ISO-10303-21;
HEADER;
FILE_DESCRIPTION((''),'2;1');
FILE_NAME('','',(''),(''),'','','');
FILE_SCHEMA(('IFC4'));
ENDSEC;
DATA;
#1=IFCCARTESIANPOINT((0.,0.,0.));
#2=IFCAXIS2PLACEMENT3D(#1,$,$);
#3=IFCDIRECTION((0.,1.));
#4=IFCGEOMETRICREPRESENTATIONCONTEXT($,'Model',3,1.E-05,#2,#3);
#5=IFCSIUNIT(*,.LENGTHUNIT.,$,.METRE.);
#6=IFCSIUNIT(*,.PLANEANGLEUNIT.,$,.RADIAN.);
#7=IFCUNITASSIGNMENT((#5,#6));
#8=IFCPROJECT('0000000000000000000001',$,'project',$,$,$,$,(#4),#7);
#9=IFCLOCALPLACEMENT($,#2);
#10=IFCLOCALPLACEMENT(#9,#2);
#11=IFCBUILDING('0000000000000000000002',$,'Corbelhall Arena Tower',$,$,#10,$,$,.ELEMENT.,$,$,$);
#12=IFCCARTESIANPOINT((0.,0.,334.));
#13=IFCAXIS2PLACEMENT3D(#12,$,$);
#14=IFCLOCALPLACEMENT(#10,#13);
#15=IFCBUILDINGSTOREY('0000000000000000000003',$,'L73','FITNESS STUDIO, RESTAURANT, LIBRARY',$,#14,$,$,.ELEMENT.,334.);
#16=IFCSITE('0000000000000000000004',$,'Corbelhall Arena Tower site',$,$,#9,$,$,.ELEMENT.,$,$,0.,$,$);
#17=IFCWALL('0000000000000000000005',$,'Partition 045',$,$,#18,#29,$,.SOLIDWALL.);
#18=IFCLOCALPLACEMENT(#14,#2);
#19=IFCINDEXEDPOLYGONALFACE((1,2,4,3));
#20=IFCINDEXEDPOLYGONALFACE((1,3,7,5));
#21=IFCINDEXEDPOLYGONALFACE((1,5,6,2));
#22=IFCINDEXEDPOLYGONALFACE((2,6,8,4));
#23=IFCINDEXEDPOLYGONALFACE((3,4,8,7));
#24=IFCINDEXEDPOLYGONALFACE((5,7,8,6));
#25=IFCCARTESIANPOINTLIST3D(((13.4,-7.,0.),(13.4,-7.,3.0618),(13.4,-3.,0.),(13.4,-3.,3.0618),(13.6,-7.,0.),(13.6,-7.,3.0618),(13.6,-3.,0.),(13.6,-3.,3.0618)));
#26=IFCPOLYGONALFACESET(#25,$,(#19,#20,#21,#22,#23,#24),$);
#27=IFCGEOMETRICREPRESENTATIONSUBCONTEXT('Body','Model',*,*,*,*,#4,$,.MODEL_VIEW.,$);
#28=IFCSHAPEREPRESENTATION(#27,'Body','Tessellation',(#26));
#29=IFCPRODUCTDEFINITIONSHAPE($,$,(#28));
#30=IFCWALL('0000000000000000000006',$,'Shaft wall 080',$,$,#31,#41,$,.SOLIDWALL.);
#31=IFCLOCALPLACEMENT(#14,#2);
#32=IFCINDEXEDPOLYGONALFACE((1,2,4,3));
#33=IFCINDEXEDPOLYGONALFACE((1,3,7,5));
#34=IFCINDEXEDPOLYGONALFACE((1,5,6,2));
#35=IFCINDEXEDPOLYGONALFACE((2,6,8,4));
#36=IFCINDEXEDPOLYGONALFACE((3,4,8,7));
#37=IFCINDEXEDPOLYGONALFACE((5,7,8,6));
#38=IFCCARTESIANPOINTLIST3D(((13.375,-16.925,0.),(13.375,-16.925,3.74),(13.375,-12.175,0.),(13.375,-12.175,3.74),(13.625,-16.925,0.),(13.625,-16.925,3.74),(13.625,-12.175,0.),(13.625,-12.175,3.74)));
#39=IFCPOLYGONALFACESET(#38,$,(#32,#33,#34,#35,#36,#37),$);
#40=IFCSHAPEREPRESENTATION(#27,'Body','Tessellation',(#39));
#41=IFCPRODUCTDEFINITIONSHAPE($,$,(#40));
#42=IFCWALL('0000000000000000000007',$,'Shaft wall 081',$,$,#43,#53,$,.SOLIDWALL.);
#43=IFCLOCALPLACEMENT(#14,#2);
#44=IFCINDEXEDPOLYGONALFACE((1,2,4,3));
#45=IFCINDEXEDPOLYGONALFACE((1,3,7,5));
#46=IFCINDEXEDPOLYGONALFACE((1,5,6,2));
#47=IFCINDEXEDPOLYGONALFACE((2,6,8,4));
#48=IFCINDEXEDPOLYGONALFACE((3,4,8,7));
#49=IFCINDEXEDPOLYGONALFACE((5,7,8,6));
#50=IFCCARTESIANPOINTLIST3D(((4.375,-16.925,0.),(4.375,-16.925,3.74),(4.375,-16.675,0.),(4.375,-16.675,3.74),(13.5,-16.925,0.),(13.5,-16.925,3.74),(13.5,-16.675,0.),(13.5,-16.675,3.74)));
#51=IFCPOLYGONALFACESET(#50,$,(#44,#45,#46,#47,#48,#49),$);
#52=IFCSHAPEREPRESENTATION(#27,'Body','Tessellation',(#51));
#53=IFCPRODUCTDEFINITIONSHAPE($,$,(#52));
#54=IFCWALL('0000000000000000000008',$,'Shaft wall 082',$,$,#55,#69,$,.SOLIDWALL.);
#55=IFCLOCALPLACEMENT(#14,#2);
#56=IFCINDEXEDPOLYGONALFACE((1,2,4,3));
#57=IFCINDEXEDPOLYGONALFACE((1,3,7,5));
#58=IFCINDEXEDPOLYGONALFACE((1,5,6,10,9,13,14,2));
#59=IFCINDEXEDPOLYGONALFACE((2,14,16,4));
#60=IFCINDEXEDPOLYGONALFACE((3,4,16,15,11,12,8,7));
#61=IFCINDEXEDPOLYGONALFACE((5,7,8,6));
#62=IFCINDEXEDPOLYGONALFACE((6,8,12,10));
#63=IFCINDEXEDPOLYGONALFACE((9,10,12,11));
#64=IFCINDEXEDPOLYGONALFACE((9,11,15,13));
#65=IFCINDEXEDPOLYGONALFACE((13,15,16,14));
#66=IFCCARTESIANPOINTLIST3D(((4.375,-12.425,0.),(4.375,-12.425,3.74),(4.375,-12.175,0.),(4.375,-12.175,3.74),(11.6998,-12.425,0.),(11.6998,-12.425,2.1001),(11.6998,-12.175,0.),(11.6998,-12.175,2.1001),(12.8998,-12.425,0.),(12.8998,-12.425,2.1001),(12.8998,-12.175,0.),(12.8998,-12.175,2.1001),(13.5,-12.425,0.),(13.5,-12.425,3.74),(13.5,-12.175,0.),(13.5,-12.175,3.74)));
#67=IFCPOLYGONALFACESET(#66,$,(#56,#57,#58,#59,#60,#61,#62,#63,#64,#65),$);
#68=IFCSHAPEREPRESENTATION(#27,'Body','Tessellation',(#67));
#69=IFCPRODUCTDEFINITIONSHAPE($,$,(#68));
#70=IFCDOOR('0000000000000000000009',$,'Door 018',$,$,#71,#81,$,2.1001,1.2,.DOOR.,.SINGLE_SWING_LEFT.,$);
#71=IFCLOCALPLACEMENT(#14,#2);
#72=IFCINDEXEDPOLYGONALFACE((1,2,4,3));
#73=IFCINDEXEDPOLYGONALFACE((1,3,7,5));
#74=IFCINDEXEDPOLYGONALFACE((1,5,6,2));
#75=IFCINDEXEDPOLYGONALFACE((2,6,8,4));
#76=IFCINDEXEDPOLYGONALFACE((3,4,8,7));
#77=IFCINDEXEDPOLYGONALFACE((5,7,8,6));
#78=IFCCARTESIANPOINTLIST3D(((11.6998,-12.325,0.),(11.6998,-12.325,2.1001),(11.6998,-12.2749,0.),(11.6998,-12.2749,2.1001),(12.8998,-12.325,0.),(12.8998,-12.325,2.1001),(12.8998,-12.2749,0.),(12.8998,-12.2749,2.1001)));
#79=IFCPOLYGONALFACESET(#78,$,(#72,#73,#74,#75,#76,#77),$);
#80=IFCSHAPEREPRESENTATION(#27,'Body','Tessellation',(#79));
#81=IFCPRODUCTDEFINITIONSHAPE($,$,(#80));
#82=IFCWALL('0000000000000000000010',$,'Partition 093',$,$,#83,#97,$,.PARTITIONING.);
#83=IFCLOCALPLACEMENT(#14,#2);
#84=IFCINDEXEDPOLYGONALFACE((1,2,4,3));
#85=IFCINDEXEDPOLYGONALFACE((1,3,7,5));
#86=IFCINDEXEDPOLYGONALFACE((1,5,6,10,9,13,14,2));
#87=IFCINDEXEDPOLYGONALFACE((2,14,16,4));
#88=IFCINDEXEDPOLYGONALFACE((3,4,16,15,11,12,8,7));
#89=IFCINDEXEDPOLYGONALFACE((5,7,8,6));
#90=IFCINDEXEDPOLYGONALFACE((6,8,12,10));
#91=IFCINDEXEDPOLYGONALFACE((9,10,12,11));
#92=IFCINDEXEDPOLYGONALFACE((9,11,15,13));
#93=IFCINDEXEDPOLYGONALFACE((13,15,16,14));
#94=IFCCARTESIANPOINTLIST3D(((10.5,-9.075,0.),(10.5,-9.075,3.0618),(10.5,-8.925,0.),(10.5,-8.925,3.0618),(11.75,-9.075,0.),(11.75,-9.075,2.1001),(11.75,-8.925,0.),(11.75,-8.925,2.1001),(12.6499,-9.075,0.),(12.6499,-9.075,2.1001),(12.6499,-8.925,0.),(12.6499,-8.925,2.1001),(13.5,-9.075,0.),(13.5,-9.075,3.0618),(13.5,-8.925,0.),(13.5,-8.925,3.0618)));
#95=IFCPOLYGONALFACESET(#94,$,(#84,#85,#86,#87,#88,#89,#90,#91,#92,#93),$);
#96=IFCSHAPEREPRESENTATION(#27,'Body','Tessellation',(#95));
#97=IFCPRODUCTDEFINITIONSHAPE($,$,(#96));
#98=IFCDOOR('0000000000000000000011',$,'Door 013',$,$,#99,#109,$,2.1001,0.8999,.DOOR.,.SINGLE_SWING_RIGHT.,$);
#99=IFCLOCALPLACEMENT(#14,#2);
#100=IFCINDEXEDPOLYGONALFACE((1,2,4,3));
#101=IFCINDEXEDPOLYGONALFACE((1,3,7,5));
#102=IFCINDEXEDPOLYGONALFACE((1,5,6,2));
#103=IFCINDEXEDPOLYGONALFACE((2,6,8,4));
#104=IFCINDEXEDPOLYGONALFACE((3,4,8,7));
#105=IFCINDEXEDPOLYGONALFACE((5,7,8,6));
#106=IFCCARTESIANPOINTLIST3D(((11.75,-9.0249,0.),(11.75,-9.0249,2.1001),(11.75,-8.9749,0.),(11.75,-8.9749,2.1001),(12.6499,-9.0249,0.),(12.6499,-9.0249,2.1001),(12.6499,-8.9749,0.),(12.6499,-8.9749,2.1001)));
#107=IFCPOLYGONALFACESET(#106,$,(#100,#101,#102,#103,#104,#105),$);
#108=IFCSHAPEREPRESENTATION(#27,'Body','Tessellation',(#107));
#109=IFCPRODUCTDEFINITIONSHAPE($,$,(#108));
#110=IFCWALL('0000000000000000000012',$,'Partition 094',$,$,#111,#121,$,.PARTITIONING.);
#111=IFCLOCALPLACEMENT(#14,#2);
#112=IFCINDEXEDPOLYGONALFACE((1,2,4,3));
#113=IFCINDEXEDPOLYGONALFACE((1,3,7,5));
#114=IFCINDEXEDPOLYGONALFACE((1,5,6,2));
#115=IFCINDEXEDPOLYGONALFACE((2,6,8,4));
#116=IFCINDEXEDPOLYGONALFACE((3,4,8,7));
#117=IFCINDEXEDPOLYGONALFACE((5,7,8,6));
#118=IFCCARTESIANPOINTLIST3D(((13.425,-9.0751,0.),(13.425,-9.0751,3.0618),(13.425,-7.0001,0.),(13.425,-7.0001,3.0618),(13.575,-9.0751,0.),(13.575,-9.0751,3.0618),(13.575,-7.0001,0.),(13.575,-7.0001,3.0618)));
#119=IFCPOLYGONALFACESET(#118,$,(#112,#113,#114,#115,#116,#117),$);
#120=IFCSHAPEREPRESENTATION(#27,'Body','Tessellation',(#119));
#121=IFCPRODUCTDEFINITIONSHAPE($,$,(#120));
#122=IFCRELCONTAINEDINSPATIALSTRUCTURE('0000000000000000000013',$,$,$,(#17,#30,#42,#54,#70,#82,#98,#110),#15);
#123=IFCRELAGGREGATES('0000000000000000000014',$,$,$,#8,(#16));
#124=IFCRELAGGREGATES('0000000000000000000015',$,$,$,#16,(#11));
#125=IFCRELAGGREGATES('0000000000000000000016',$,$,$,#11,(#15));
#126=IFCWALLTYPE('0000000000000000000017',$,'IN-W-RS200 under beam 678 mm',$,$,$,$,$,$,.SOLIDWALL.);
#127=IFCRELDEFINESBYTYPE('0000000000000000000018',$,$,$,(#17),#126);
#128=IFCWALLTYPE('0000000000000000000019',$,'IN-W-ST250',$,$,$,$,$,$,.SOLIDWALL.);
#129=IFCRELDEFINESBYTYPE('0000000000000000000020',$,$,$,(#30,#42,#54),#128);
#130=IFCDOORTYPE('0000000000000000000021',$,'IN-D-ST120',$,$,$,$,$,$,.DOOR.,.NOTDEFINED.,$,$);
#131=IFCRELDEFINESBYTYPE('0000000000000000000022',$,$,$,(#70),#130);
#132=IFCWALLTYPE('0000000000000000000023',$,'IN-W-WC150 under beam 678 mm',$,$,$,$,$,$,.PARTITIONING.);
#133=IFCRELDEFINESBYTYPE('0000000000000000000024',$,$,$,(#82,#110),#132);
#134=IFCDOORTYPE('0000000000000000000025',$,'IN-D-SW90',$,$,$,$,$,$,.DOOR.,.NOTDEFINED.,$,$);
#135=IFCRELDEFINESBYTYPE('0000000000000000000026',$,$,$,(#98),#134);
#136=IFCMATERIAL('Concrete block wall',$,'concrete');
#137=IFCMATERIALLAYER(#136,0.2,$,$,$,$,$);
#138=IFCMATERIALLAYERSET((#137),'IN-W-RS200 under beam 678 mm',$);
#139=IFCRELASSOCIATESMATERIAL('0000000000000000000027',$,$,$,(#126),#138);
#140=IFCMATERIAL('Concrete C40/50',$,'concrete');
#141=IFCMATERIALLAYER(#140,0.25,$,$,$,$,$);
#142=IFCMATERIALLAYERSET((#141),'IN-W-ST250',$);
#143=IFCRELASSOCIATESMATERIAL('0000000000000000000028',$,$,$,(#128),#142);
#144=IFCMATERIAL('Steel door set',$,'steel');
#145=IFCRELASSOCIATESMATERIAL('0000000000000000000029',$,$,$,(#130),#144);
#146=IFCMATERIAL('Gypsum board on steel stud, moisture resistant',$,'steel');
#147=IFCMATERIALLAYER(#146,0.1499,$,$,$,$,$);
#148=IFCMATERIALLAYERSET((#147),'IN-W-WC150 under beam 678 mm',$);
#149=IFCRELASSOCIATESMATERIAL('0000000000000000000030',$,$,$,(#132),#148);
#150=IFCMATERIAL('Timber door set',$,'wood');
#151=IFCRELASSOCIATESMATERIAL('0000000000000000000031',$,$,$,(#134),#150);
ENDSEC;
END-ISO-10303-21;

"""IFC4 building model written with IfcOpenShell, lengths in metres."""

from ifc_helpers import new_model, si_unit, direction, frame, frame_2d, origin, place, context, subcontext, project, spatial, rectangle, extrude, material, layer, layer_set, type_object, element, fill, save


model = new_model("IFC4")

# Units and contexts
model_context = context("Model", 3, precision=1e-05, world=origin(), true_north=direction((0.0, 1.0)))
body_context = subcontext(model_context, "Body", "Model", "MODEL_VIEW")
ifc_project = project(units=[si_unit("LENGTHUNIT", "METRE"), si_unit("PLANEANGLEUNIT", "RADIAN")], contexts=[model_context])

# Site, building, storey
site_placement = place(None, origin())
site = spatial("IfcSite", under=ifc_project, at=site_placement, Name="Corbelhall Arena Tower site", CompositionType="ELEMENT", RefElevation=0.0)
building_placement = place(site_placement, origin())
building = spatial("IfcBuilding", under=site, at=building_placement, Name="Corbelhall Arena Tower", CompositionType="ELEMENT")
storey_placement = place(building_placement, frame((0.0, 0.0, 334.0)))
storey = spatial("IfcBuildingStorey", under=building, at=storey_placement, Name="L73", Description="FITNESS STUDIO, RESTAURANT, LIBRARY", CompositionType="ELEMENT", Elevation=334.0)

# Shared definitions
ifc_material_1 = material(Name="Steel door set", Category="steel")

# Walls
ifc_material_2 = material(Name="Concrete block wall", Category="concrete")
ifc_layer_1 = layer(ifc_material_2, 0.2)
ifc_layer_set_1 = layer_set([ifc_layer_1], Name="IN-W-RS200 under beam 678 mm")
wall_type_1 = type_object("IfcWallType", Name="IN-W-RS200 under beam 678 mm", PredefinedType="SOLIDWALL", material=ifc_layer_set_1)
wall_1_placement = place(storey_placement, frame((13.5, -3.0, 0.0), z_axis=(0.0, 0.0, 1.0), x_axis=(0.0, -1.0, 0.0)))
element("IfcWall", 1, at=wall_1_placement, inside=storey, type_object=wall_type_1, Name="Partition 045", PredefinedType="SOLIDWALL", context=body_context, shape_type="SweptSolid", body=[
    extrude(rectangle(XDim=4.0, YDim=0.2, at=frame_2d((2.0, 0.0))), origin(), (0.0, 0.0, 1.0), 3.0618),
])
ifc_material_3 = material(Name="Concrete C40/50", Category="concrete")
ifc_layer_2 = layer(ifc_material_3, 0.25)
ifc_layer_set_2 = layer_set([ifc_layer_2], Name="IN-W-ST250")
wall_type_2 = type_object("IfcWallType", Name="IN-W-ST250", PredefinedType="SOLIDWALL", material=ifc_layer_set_2)
wall_2_placement = place(storey_placement, frame((13.5, -16.925, 0.0), z_axis=(0.0, 0.0, 1.0), x_axis=(0.0, 1.0, 0.0)))
element("IfcWall", 2, at=wall_2_placement, inside=storey, type_object=wall_type_2, Name="Shaft wall 080", PredefinedType="SOLIDWALL", context=body_context, shape_type="SweptSolid", body=[
    extrude(rectangle(XDim=4.75, YDim=0.25, at=frame_2d((2.375, 0.0))), origin(), (0.0, 0.0, 1.0), 3.74),
])
wall_3_placement = place(storey_placement, frame((13.5, -16.8, 0.0), z_axis=(0.0, 0.0, 1.0), x_axis=(-1.0, 0.0, 0.0)))
element("IfcWall", 3, at=wall_3_placement, inside=storey, type_object=wall_type_2, Name="Shaft wall 081", PredefinedType="SOLIDWALL", context=body_context, shape_type="SweptSolid", body=[
    extrude(rectangle(XDim=9.125, YDim=0.25, at=frame_2d((4.5625, 0.0))), origin(), (0.0, 0.0, 1.0), 3.74),
])

# Walls, openings, doors
wall_4_placement = place(storey_placement, frame((13.5, -12.3, 0.0), z_axis=(0.0, 0.0, 1.0), x_axis=(-1.0, 0.0, 0.0)))
wall_4 = element("IfcWall", 4, at=wall_4_placement, inside=storey, type_object=wall_type_2, Name="Shaft wall 082", PredefinedType="SOLIDWALL", context=body_context, shape_type="SweptSolid", body=[
    extrude(rectangle(XDim=9.125, YDim=0.25, at=frame_2d((4.5625, 0.0))), origin(), (0.0, 0.0, 1.0), 3.74),
])
opening_1_placement = place(wall_4_placement, frame((0.6001, 0.0, 0.0)))
opening_1 = element("IfcOpeningElement", 5, at=opening_1_placement, cuts=wall_4, PredefinedType="OPENING", context=body_context, shape_type="SweptSolid", body=[
    extrude(rectangle(XDim=1.2, YDim=2.1001, at=frame_2d((0.6001, 1.05))), frame((0.0, 0.125, 0.0), z_axis=(0.0, -1.0, 0.0), x_axis=(1.0, 0.0, 0.0)), (0.0, 0.0, 1.0), 0.25),
])
door_type_1 = type_object("IfcDoorType", Name="IN-D-ST120", OperationType="NOTDEFINED", PredefinedType="DOOR", material=ifc_material_1)
door_1_placement = place(opening_1_placement, origin())
door_1 = element("IfcDoor", 6, at=door_1_placement, inside=storey, type_object=door_type_1, Name="Door 018", OperationType="SINGLE_SWING_LEFT", OverallHeight=2.1001, OverallWidth=1.2, PredefinedType="DOOR", context=body_context, shape_type="SweptSolid", body=[
    extrude(rectangle(XDim=1.2, YDim=2.1001, at=frame_2d((0.6001, 1.05))), frame((0.0, 0.0249, 0.0), z_axis=(0.0, -1.0, 0.0), x_axis=(1.0, 0.0, 0.0)), (0.0, 0.0, 1.0), 0.05),
])
fill(opening_1, door_1)
ifc_material_4 = material(Name="Gypsum board on steel stud, moisture resistant", Category="steel")
ifc_layer_3 = layer(ifc_material_4, 0.1499)
ifc_layer_set_3 = layer_set([ifc_layer_3], Name="IN-W-WC150 under beam 678 mm")
wall_type_3 = type_object("IfcWallType", Name="IN-W-WC150 under beam 678 mm", PredefinedType="PARTITIONING", material=ifc_layer_set_3)
wall_5_placement = place(storey_placement, frame((13.5, -9.0, 0.0), z_axis=(0.0, 0.0, 1.0), x_axis=(-1.0, 0.0, 0.0)))
wall_5 = element("IfcWall", 7, at=wall_5_placement, inside=storey, type_object=wall_type_3, Name="Partition 093", PredefinedType="PARTITIONING", context=body_context, shape_type="SweptSolid", body=[
    extrude(rectangle(XDim=3.0, YDim=0.1499, at=frame_2d((1.5, 0.0))), origin(), (0.0, 0.0, 1.0), 3.0618),
])
opening_2_placement = place(wall_5_placement, frame((0.8501, 0.0, 0.0)))
opening_2 = element("IfcOpeningElement", 8, at=opening_2_placement, cuts=wall_5, PredefinedType="OPENING", context=body_context, shape_type="SweptSolid", body=[
    extrude(rectangle(XDim=0.8999, YDim=2.1001, at=frame_2d((0.45, 1.05))), frame((0.0, 0.075, 0.0), z_axis=(0.0, -1.0, 0.0), x_axis=(1.0, 0.0, 0.0)), (0.0, 0.0, 1.0), 0.1499),
])
ifc_material_5 = material(Name="Timber door set", Category="wood")
door_type_2 = type_object("IfcDoorType", Name="IN-D-SW90", OperationType="NOTDEFINED", PredefinedType="DOOR", material=ifc_material_5)
door_2_placement = place(opening_2_placement, origin())
door_2 = element("IfcDoor", 9, at=door_2_placement, inside=storey, type_object=door_type_2, Name="Door 013", OperationType="SINGLE_SWING_RIGHT", OverallHeight=2.1001, OverallWidth=0.8999, PredefinedType="DOOR", context=body_context, shape_type="SweptSolid", body=[
    extrude(rectangle(XDim=0.8999, YDim=2.1001, at=frame_2d((0.45, 1.05))), frame((0.0, 0.0249, 0.0), z_axis=(0.0, -1.0, 0.0), x_axis=(1.0, 0.0, 0.0)), (0.0, 0.0, 1.0), 0.05),
])
fill(opening_2, door_2)

# Wall
wall_6_placement = place(storey_placement, frame((13.5, -7.0, 0.0), z_axis=(0.0, 0.0, 1.0), x_axis=(0.0, -1.0, 0.0)))
element("IfcWall", 10, at=wall_6_placement, inside=storey, type_object=wall_type_3, Name="Partition 094", PredefinedType="PARTITIONING", context=body_context, shape_type="SweptSolid", body=[
    extrude(rectangle(XDim=2.075, YDim=0.1499, at=frame_2d((1.0376, 0.0))), origin(), (0.0, 0.0, 1.0), 3.0618),
])

save(model, "model.ifc")
